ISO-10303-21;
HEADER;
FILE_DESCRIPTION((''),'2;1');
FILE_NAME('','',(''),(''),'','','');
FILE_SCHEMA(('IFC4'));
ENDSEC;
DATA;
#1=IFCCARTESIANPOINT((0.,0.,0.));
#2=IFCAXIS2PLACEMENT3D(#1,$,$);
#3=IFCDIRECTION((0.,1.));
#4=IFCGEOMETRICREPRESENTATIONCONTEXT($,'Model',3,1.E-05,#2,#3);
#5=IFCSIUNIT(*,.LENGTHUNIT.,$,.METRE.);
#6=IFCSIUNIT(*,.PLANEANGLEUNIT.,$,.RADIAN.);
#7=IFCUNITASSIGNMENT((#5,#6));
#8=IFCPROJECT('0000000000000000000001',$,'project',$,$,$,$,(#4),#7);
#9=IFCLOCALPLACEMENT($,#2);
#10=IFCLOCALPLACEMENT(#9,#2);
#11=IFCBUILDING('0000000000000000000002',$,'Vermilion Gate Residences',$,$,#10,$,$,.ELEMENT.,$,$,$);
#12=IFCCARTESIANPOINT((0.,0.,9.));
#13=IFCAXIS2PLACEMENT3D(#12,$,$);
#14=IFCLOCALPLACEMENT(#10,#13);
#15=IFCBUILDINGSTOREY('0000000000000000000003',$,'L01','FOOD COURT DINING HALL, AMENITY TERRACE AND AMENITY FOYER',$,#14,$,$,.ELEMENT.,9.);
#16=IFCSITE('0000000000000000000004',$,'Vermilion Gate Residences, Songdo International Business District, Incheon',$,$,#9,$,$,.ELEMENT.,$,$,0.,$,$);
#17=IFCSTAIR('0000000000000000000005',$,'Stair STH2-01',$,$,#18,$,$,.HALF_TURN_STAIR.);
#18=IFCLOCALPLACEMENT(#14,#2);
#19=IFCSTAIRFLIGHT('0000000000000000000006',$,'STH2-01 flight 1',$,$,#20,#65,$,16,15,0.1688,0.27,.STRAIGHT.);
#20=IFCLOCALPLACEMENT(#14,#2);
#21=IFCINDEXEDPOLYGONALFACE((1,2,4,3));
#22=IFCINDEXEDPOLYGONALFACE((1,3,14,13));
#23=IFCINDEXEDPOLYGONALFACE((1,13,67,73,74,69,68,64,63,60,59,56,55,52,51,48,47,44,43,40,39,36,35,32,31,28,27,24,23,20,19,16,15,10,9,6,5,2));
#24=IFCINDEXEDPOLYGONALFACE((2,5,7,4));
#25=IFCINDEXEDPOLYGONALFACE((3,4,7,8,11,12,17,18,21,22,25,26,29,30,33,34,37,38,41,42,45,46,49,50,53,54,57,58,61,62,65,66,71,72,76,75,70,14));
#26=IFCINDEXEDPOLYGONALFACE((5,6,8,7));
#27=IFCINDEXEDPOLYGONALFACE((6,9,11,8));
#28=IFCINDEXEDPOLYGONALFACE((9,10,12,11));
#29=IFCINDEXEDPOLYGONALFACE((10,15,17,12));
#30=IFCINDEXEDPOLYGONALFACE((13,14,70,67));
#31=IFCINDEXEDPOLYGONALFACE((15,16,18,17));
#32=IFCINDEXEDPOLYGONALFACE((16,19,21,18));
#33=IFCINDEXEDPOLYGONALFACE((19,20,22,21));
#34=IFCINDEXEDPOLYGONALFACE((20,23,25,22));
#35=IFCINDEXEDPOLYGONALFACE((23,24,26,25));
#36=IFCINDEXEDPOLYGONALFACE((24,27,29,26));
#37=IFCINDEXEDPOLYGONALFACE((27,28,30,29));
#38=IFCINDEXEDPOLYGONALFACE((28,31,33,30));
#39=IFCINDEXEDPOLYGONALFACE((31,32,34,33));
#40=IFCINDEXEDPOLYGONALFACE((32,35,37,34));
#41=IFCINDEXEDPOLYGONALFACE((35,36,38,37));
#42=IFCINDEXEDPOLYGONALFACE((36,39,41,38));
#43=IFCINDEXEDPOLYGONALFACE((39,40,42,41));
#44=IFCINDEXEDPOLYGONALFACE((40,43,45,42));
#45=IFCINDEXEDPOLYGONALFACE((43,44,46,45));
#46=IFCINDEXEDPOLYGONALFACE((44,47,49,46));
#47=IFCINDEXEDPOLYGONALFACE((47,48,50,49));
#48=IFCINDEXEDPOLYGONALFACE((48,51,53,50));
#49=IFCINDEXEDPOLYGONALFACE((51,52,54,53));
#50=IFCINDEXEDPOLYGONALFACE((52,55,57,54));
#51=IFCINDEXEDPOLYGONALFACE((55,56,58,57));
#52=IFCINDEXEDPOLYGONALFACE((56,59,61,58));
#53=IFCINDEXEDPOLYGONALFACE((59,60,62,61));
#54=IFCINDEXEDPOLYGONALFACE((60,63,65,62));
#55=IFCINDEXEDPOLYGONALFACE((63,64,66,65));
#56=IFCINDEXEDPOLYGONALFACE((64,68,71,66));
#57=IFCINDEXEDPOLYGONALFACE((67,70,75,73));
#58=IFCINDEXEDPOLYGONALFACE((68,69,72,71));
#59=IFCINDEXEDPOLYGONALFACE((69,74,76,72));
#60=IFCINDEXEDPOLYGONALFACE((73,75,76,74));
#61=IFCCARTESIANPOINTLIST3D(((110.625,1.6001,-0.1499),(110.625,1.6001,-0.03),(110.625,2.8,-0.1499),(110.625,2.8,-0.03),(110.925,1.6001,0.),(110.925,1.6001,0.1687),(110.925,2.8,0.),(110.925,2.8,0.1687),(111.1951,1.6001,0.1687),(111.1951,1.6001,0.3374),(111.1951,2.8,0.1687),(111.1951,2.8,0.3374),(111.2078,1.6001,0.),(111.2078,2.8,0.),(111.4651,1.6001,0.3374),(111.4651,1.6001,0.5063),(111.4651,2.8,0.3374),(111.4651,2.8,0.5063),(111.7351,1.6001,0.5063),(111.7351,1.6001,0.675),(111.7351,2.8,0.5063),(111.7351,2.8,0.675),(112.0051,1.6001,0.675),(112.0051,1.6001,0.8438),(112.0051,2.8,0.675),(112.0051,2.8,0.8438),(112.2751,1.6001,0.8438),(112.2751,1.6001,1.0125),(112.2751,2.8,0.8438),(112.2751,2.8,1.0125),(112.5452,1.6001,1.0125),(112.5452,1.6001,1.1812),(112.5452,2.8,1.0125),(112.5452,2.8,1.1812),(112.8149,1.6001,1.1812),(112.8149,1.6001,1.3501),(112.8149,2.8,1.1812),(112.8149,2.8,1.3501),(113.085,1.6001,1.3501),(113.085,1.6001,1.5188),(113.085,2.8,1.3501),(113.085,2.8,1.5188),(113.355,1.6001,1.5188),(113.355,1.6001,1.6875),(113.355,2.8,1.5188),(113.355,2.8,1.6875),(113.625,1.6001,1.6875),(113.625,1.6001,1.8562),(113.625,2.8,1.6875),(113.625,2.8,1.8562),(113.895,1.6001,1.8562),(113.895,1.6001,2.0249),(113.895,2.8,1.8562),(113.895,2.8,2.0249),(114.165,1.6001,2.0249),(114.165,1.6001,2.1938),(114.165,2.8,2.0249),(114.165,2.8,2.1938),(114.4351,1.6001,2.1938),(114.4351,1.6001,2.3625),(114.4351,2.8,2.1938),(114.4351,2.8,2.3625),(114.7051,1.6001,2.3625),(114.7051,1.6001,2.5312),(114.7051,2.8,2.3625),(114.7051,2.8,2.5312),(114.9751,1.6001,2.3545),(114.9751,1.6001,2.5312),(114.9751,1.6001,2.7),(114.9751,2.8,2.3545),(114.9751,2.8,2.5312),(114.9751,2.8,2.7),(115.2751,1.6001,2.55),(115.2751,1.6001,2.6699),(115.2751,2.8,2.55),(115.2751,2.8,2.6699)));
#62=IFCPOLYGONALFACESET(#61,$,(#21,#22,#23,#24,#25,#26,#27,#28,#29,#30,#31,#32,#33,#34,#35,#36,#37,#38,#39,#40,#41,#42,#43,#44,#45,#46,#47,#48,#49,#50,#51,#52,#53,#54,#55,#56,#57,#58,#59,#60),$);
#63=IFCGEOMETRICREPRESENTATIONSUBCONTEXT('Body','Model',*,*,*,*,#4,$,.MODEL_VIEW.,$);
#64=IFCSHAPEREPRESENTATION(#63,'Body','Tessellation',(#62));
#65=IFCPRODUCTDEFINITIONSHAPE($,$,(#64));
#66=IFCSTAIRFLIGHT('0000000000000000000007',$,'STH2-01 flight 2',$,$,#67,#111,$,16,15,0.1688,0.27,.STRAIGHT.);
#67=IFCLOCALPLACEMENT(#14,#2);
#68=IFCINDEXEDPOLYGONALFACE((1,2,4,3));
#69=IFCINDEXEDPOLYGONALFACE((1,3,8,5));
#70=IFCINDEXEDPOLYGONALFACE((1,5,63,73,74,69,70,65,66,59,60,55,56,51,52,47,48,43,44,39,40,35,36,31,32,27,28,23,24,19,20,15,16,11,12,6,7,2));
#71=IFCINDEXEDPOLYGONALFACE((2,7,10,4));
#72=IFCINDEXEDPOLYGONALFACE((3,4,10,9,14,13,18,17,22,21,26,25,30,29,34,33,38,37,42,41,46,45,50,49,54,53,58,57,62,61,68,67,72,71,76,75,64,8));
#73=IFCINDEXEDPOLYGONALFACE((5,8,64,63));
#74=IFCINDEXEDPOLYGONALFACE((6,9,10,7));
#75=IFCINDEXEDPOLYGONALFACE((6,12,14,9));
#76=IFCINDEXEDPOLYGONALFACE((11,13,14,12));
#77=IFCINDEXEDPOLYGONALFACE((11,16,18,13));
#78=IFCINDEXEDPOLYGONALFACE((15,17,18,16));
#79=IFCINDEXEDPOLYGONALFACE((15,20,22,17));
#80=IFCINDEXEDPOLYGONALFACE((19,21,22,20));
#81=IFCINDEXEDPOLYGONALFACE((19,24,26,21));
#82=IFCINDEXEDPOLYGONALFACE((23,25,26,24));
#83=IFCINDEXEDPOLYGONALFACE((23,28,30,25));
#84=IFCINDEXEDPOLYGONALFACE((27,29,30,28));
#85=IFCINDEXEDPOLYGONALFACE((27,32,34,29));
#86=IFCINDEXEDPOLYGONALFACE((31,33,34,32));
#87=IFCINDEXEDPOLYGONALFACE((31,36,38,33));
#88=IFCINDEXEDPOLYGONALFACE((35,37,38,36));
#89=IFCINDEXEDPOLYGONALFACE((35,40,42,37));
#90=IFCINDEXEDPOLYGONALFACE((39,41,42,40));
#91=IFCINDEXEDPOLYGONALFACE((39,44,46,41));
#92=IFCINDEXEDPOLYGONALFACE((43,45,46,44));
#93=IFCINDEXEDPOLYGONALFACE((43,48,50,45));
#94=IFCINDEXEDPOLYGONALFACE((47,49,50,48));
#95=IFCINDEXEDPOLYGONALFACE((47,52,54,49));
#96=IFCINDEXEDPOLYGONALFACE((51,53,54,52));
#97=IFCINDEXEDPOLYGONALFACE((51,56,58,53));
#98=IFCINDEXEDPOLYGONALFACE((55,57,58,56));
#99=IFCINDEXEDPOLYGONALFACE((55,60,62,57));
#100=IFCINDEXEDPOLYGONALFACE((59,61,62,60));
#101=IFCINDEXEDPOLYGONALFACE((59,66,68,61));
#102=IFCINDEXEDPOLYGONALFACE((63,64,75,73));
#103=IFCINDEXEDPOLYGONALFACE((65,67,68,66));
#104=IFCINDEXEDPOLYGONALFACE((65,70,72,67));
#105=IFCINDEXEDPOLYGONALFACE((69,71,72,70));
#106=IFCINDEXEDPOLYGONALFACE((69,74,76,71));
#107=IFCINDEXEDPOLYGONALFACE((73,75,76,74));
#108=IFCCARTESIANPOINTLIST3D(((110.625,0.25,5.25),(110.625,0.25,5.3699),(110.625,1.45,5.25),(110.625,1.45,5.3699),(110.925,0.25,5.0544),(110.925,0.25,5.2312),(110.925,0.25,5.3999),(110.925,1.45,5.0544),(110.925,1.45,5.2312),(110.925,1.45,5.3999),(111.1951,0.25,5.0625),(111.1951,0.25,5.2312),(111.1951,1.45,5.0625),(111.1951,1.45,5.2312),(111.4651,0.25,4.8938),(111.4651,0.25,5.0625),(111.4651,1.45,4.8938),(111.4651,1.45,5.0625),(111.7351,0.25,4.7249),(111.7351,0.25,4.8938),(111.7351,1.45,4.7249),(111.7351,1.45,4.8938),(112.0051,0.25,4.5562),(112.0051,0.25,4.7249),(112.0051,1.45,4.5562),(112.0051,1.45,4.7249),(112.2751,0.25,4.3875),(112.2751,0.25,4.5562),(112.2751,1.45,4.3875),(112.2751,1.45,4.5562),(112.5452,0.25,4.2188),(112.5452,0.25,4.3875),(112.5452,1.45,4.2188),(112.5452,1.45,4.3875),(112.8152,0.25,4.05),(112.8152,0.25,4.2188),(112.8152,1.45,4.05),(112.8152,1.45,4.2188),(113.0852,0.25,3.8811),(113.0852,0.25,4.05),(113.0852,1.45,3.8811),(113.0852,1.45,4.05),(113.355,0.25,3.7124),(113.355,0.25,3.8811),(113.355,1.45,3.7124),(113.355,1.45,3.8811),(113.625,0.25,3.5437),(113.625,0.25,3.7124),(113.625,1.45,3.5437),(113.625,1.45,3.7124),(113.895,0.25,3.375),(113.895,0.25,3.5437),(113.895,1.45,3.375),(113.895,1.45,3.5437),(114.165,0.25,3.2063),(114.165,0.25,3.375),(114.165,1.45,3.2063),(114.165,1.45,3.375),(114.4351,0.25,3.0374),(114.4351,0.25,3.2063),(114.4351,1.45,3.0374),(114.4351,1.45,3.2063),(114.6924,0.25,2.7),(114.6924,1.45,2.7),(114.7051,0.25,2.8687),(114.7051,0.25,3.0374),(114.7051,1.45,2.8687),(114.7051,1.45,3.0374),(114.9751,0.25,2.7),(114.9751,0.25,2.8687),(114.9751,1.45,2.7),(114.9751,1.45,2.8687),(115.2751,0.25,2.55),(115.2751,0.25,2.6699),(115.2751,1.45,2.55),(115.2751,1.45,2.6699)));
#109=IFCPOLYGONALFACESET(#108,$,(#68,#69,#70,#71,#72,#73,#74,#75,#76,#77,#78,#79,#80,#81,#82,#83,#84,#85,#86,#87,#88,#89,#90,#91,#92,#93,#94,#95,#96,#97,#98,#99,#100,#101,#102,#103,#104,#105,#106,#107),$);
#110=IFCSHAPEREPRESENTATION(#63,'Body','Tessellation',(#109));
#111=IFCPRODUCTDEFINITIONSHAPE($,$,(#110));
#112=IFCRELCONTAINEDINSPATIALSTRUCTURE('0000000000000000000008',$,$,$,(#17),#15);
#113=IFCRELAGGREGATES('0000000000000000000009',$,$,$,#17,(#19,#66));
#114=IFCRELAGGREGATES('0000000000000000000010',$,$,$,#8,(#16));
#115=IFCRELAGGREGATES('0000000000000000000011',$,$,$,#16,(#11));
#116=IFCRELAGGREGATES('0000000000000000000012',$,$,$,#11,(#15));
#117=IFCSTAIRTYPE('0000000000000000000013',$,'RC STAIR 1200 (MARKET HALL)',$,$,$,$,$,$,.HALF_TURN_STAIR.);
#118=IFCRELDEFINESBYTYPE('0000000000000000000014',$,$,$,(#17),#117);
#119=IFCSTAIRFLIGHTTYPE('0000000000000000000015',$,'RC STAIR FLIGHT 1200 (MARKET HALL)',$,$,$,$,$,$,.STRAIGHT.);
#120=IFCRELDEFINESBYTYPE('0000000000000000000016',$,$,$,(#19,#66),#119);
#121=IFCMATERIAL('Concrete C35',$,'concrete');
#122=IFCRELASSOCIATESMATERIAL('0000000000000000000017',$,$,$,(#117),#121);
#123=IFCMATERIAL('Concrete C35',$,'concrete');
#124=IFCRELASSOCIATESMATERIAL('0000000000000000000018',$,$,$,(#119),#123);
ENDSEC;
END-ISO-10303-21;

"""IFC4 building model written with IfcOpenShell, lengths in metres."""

from ifc_helpers import new_model, si_unit, direction, frame, origin, place, context, subcontext, project, spatial, polyline, outline, extrude, material, type_object, element, aggregate, save


model = new_model("IFC4")

# Units and contexts
model_context = context("Model", 3, precision=1e-05, world=origin(), true_north=direction((0.0, 1.0)))
body_context = subcontext(model_context, "Body", "Model", "MODEL_VIEW")
ifc_project = project(units=[si_unit("LENGTHUNIT", "METRE"), si_unit("PLANEANGLEUNIT", "RADIAN")], contexts=[model_context])

# Site, building, storey
site_placement = place(None, origin())
site = spatial("IfcSite", under=ifc_project, at=site_placement, Name="Vermilion Gate Residences, Songdo International Business District, Incheon", CompositionType="ELEMENT", RefElevation=0.0)
building_placement = place(site_placement, origin())
building = spatial("IfcBuilding", under=site, at=building_placement, Name="Vermilion Gate Residences", CompositionType="ELEMENT")
storey_placement = place(building_placement, frame((0.0, 0.0, 9.0)))
storey = spatial("IfcBuildingStorey", under=building, at=storey_placement, Name="L01", Description="FOOD COURT DINING HALL, AMENITY TERRACE AND AMENITY FOYER", CompositionType="ELEMENT", Elevation=9.0)

# Stair, stair flights
ifc_material_1 = material(Name="Concrete C35", Category="concrete")
stair_type = type_object("IfcStairType", Name="RC STAIR 1200 (MARKET HALL)", PredefinedType="HALF_TURN_STAIR", material=ifc_material_1)
stair_placement = place(storey_placement, origin())
stair = element("IfcStair", 1, at=stair_placement, inside=storey, type_object=stair_type, Name="Stair STH2-01", PredefinedType="HALF_TURN_STAIR")
ifc_material_2 = material(Name="Concrete C35", Category="concrete")
stair_flight_type = type_object("IfcStairFlightType", Name="RC STAIR FLIGHT 1200 (MARKET HALL)", PredefinedType="STRAIGHT", material=ifc_material_2)
stair_flight_1_placement = place(storey_placement, frame((110.925, 2.2, 0.0), z_axis=(0.0, 0.0, 1.0), x_axis=(1.0, 0.0, 0.0)))
stair_flight_1 = element("IfcStairFlight", 2, at=stair_flight_1_placement, type_object=stair_flight_type, Name="STH2-01 flight 1", NumberOfRisers=16, NumberOfTreads=15, PredefinedType="STRAIGHT", RiserHeight=0.1688, TreadLength=0.27, context=body_context, shape_type="SweptSolid", body=[
    extrude(outline(polyline([(-0.3, -0.1499), (-0.3, -0.03), (0.0, 0.0), (0.0, 0.1687), (0.27, 0.1687), (0.27, 0.3374), (0.54, 0.3374), (0.54, 0.5063), (0.8101, 0.5063), (0.8101, 0.675), (1.0801, 0.675), (1.0801, 0.8438), (1.3501, 0.8438), (1.3501, 1.0125), (1.6201, 1.0125), (1.6201, 1.1812), (1.8899, 1.1812), (1.8899, 1.3501), (2.1599, 1.3501), (2.1599, 1.5188), (2.4299, 1.5188), (2.4299, 1.6875), (2.7, 1.6875), (2.7, 1.8562), (2.97, 1.8562), (2.97, 2.0249), (3.24, 2.0249), (3.24, 2.1938), (3.51, 2.1938), (3.51, 2.3625), (3.78, 2.3625), (3.78, 2.5312), (4.05, 2.5312), (4.05, 2.7), (4.3501, 2.6699), (4.3501, 2.55), (4.05, 2.3545), (0.2827, 0.0), (-0.3, -0.1499)])), frame((0.0, 0.6001, 0.0), z_axis=(0.0, -1.0, 0.0), x_axis=(1.0, 0.0, 0.0)), (0.0, 0.0, 1.0), 1.2),
])
stair_flight_2_placement = place(storey_placement, frame((114.9751, 0.8501, 2.7), z_axis=(0.0, 0.0, 1.0), x_axis=(-1.0, 0.0, 0.0)))
stair_flight_2 = element("IfcStairFlight", 3, at=stair_flight_2_placement, type_object=stair_flight_type, Name="STH2-01 flight 2", NumberOfRisers=16, NumberOfTreads=15, PredefinedType="STRAIGHT", RiserHeight=0.1688, TreadLength=0.27, context=body_context, shape_type="SweptSolid", body=[
    extrude(outline(polyline([(-0.3, -0.1499), (-0.3, -0.03), (0.0, 0.0), (0.0, 0.1687), (0.27, 0.1687), (0.27, 0.3374), (0.54, 0.3374), (0.54, 0.5063), (0.8101, 0.5063), (0.8101, 0.675), (1.0801, 0.675), (1.0801, 0.8438), (1.3501, 0.8438), (1.3501, 1.0125), (1.6201, 1.0125), (1.6201, 1.1812), (1.8899, 1.1812), (1.8899, 1.3501), (2.1599, 1.3501), (2.1599, 1.5188), (2.4299, 1.5188), (2.4299, 1.6875), (2.7, 1.6875), (2.7, 1.8562), (2.97, 1.8562), (2.97, 2.0249), (3.24, 2.0249), (3.24, 2.1938), (3.51, 2.1938), (3.51, 2.3625), (3.78, 2.3625), (3.78, 2.5312), (4.05, 2.5312), (4.05, 2.7), (4.3501, 2.6699), (4.3501, 2.55), (4.05, 2.3545), (0.2827, 0.0), (-0.3, -0.1499)])), frame((0.0, 0.6001, 0.0), z_axis=(0.0, -1.0, 0.0), x_axis=(1.0, 0.0, 0.0)), (0.0, 0.0, 1.0), 1.2),
])
aggregate(stair, [stair_flight_1, stair_flight_2])

save(model, "model.ifc")
